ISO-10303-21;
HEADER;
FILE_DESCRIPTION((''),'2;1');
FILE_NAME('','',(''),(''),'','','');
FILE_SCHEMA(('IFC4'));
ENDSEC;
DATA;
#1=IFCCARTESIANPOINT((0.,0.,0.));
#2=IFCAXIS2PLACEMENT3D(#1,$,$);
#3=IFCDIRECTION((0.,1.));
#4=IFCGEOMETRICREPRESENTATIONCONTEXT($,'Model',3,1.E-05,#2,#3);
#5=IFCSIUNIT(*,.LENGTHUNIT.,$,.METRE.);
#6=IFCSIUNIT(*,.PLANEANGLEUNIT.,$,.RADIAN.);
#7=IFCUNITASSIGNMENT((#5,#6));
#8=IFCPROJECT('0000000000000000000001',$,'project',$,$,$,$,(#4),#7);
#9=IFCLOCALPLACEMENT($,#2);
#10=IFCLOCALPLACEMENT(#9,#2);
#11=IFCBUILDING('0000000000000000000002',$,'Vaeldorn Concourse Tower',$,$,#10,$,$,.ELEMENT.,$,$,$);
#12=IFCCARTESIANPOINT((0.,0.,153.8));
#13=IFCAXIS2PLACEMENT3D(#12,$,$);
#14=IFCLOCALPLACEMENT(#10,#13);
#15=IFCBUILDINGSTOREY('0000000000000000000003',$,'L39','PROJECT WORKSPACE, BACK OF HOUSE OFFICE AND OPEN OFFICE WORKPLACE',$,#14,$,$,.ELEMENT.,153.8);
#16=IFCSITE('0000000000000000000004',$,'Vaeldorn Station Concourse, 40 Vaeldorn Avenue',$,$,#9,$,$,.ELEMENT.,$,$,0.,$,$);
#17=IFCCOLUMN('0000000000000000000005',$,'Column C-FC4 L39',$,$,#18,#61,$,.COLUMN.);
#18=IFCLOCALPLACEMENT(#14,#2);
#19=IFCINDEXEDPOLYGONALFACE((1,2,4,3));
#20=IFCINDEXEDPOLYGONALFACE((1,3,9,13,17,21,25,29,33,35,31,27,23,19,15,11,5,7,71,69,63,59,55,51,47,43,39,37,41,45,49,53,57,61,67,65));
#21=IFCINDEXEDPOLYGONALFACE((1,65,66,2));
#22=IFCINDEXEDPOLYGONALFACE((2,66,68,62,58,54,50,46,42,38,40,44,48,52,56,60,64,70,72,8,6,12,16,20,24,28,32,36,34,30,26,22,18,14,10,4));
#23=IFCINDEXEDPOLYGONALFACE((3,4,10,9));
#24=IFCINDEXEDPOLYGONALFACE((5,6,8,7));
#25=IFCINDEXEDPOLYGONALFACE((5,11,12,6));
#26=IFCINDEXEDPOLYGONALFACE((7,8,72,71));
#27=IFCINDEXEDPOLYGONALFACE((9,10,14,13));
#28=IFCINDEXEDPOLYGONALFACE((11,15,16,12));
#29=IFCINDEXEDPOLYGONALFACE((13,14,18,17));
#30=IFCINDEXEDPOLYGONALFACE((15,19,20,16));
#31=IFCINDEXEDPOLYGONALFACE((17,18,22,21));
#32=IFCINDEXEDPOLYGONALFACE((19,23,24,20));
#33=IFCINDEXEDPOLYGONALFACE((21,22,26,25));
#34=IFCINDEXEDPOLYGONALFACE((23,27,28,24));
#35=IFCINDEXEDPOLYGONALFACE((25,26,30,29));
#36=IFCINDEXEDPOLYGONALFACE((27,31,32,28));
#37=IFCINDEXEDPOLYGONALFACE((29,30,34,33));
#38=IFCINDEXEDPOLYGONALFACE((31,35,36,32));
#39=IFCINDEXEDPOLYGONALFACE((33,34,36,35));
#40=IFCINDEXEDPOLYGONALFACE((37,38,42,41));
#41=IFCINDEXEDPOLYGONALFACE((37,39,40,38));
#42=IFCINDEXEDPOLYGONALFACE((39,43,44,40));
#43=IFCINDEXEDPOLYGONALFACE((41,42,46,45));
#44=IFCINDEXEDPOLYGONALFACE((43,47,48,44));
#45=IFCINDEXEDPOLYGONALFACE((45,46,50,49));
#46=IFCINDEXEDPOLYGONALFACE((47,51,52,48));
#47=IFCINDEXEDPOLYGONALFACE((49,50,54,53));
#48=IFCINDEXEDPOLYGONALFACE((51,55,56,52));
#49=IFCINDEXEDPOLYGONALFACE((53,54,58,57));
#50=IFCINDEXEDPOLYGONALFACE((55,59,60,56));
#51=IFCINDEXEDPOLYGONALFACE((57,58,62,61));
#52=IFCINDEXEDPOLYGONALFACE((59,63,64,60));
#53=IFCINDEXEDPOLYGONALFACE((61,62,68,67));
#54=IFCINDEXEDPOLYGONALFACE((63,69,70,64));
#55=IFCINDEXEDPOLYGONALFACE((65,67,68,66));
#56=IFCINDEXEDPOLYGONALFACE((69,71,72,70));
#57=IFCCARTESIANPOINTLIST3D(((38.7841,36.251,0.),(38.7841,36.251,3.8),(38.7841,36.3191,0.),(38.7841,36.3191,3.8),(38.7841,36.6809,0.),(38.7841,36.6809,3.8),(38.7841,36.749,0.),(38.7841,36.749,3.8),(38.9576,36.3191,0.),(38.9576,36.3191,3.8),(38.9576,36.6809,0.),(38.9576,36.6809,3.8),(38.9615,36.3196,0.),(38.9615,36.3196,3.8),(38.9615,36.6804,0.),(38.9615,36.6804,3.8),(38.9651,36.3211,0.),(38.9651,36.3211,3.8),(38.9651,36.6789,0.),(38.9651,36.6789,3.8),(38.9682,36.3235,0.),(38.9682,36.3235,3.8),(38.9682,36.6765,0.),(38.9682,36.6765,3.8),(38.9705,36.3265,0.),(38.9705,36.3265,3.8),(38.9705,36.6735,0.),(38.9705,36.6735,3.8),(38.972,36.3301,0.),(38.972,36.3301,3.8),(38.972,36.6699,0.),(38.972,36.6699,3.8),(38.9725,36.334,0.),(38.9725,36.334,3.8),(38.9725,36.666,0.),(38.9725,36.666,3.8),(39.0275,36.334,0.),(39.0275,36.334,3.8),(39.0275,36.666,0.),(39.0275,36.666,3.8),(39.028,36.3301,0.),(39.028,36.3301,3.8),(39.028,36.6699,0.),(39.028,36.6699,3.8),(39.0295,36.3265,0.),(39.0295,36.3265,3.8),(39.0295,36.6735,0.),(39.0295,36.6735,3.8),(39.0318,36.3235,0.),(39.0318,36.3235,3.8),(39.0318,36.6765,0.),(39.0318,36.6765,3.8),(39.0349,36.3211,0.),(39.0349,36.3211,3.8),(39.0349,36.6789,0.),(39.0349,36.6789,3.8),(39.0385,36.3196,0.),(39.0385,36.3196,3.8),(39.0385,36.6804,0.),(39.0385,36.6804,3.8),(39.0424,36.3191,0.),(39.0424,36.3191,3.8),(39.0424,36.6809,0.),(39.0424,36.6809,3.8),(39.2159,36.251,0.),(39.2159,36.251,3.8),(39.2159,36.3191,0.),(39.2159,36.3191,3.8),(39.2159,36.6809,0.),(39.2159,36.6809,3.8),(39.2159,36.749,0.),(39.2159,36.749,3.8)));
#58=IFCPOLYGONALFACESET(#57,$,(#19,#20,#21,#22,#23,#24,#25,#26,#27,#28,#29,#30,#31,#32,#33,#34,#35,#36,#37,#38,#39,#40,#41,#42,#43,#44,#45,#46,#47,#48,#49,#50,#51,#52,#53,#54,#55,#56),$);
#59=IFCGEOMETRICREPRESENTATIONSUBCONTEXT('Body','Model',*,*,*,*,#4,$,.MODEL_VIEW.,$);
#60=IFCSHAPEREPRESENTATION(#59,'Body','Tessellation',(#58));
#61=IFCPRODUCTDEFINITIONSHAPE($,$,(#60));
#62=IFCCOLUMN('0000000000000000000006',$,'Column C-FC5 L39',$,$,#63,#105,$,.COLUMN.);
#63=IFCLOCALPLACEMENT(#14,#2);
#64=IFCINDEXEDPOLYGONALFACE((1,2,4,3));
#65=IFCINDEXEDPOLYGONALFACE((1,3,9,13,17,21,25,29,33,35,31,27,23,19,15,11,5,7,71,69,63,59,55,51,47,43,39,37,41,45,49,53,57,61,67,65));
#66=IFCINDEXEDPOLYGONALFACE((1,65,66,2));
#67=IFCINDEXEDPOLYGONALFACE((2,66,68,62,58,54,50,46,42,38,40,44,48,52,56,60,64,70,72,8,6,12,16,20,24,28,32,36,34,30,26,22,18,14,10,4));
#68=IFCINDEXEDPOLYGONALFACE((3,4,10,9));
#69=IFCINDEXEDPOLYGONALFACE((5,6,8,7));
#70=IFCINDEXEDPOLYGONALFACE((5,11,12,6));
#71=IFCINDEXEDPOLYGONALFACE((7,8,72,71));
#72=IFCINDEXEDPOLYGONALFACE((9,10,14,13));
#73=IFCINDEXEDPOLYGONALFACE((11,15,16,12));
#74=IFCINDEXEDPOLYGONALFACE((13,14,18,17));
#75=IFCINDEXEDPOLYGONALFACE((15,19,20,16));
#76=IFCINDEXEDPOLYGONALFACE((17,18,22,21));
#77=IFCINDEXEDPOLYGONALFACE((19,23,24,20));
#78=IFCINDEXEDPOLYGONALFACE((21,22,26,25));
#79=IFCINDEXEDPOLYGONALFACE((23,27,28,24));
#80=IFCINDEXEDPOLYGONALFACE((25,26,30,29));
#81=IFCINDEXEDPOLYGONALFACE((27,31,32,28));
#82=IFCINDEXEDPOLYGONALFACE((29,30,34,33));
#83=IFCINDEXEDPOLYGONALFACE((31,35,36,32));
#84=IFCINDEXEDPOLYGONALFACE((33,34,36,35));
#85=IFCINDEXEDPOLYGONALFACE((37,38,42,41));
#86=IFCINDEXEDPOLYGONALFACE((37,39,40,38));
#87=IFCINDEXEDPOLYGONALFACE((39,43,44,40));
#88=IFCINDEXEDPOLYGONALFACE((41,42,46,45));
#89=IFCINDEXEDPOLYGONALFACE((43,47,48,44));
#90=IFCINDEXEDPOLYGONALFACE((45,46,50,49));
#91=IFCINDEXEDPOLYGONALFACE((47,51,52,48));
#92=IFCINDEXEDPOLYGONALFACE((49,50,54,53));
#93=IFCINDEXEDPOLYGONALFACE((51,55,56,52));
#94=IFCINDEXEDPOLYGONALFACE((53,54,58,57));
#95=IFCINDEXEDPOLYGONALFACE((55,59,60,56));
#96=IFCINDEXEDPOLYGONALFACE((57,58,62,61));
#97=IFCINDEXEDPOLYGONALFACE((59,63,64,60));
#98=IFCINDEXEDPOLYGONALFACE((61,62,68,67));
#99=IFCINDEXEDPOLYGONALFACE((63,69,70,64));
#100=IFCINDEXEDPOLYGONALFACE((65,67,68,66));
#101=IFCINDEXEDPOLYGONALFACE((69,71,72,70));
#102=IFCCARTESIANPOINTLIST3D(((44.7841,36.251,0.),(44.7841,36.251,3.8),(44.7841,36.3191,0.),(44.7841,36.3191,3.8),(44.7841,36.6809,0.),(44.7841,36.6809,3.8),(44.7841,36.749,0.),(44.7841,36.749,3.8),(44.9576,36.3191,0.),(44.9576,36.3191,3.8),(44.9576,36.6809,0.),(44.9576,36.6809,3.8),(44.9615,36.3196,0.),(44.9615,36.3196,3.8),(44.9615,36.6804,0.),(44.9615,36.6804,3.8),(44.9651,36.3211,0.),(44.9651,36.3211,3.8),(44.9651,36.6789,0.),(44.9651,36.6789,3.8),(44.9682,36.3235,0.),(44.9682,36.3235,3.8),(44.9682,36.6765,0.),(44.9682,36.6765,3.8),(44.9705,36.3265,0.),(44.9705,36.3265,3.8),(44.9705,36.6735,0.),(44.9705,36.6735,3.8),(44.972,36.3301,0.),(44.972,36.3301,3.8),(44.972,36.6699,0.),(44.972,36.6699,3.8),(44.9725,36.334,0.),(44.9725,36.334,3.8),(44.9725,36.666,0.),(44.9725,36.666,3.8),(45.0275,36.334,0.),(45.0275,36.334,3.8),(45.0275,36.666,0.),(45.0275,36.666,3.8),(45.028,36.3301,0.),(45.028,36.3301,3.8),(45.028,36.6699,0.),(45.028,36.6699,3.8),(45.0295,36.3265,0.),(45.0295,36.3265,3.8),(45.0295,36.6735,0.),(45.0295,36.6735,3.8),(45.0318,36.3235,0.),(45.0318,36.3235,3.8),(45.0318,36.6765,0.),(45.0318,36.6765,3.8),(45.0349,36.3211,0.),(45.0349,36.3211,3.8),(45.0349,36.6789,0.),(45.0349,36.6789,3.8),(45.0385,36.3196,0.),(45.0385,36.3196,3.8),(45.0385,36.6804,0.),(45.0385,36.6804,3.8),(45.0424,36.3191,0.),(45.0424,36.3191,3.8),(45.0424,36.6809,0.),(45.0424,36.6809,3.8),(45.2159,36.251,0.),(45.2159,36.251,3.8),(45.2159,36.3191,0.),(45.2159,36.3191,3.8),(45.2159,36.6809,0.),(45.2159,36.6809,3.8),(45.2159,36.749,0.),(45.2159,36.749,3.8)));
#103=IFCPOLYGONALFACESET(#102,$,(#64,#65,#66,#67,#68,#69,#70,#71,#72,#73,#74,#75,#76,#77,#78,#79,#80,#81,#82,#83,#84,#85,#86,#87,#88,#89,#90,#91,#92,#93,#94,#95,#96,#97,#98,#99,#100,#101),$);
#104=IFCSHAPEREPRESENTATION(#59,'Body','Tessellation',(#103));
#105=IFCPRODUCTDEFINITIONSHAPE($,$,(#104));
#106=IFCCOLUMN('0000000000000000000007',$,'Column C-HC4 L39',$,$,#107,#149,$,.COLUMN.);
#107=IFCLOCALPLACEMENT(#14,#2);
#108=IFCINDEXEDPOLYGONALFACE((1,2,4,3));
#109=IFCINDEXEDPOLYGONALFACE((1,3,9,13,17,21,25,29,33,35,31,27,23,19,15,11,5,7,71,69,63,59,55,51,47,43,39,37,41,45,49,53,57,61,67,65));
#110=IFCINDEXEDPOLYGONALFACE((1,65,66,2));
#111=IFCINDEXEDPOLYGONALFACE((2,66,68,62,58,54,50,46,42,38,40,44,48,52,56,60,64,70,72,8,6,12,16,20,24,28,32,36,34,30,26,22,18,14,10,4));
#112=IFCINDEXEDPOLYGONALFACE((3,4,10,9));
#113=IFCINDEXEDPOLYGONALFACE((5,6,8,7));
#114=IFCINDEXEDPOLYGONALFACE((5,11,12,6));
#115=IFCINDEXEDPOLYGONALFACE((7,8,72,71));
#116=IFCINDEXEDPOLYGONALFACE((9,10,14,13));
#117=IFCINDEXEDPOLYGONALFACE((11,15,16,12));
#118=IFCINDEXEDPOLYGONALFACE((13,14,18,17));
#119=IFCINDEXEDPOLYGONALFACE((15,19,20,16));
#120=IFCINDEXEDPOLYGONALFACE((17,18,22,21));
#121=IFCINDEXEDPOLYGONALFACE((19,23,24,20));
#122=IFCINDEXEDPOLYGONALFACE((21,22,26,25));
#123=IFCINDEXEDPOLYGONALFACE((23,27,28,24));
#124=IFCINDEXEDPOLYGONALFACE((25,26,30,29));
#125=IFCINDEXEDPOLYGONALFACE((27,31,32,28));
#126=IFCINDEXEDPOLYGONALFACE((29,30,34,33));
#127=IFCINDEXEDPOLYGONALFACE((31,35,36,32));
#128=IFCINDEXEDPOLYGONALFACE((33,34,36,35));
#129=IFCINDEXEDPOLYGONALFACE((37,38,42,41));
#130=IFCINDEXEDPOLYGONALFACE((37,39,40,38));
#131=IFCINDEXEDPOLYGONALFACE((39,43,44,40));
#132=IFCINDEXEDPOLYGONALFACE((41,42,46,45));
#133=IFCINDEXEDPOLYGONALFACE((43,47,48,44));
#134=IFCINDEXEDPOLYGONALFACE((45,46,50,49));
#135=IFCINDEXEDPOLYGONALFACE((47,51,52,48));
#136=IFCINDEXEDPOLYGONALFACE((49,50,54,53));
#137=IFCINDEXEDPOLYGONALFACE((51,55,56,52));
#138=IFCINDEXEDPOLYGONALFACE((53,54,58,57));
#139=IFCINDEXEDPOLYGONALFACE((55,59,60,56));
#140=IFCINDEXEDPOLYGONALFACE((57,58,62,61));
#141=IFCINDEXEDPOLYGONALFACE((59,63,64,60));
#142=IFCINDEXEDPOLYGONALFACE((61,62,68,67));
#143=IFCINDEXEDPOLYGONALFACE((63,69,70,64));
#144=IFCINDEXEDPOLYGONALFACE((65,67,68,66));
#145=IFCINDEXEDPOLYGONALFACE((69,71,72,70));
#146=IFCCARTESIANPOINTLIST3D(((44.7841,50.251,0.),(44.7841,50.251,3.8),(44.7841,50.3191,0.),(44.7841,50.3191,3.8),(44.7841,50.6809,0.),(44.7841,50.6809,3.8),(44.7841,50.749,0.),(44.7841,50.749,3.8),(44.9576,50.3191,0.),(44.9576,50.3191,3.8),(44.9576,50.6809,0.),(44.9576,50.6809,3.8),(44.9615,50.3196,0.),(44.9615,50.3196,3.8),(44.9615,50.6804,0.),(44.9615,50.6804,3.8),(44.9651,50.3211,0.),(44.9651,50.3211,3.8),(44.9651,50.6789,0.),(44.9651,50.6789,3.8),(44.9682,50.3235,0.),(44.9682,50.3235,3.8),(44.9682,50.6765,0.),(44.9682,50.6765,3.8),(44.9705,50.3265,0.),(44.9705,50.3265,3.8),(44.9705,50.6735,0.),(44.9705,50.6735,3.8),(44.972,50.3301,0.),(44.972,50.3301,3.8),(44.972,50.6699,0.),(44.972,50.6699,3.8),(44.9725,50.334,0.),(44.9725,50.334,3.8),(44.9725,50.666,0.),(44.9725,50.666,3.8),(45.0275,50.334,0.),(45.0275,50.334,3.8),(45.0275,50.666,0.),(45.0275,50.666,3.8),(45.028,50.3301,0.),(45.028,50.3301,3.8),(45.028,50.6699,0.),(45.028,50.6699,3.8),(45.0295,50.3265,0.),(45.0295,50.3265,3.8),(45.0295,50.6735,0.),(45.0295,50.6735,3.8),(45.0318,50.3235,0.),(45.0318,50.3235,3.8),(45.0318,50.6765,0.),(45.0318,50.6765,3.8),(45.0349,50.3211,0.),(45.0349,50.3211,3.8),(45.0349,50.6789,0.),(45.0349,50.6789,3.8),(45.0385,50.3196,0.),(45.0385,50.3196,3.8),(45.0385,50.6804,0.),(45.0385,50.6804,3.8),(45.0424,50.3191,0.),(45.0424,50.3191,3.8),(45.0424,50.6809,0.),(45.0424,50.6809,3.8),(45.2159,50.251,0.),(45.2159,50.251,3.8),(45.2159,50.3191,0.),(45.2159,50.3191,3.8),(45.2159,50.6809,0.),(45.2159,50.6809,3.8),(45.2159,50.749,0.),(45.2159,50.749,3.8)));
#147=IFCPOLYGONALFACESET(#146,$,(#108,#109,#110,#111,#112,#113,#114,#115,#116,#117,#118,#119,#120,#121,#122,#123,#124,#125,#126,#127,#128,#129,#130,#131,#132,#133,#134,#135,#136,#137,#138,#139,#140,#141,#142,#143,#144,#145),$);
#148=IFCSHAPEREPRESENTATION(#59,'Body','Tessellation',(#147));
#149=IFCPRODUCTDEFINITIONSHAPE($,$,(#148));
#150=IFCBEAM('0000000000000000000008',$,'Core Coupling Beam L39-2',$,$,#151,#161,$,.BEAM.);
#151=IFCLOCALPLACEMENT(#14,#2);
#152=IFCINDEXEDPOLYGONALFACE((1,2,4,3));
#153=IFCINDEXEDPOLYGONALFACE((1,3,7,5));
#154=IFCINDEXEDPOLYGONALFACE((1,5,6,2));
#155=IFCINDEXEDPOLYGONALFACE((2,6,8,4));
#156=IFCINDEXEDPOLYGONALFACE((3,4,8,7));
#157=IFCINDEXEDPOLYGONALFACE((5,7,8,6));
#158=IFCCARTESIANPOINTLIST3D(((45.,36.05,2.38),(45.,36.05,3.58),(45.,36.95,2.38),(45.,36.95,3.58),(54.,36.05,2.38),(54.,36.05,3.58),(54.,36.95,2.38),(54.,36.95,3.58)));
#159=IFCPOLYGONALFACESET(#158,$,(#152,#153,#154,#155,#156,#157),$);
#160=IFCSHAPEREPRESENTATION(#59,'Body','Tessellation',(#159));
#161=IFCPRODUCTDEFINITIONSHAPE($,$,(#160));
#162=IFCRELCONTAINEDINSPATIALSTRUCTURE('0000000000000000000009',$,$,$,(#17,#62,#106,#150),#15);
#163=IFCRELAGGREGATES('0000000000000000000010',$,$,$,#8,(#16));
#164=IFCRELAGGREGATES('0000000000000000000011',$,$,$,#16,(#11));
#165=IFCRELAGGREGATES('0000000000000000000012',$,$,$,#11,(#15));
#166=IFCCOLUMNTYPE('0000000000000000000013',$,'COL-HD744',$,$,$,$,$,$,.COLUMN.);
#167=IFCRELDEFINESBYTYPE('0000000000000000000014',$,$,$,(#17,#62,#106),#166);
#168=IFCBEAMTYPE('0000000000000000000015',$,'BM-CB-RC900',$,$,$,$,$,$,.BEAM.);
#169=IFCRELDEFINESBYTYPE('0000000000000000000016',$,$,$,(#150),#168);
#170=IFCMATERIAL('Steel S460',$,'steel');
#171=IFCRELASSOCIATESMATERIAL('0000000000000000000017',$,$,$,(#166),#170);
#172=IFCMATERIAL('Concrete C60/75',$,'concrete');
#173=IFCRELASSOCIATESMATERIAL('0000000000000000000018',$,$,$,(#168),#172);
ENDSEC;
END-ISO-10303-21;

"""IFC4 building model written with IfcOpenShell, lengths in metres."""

from ifc_helpers import new_model, si_unit, direction, frame, origin, origin_2d, place, context, subcontext, project, spatial, rectangle, i_section, extrude, source, transform, mapped, material, material_profile, profile_set, type_object, element, save


model = new_model("IFC4")

# Units and contexts
model_context = context("Model", 3, precision=1e-05, world=origin(), true_north=direction((0.0, 1.0)))
body_context = subcontext(model_context, "Body", "Model", "MODEL_VIEW")
ifc_project = project(units=[si_unit("LENGTHUNIT", "METRE"), si_unit("PLANEANGLEUNIT", "RADIAN")], contexts=[model_context])

# Site, building, storey
site_placement = place(None, origin())
site = spatial("IfcSite", under=ifc_project, at=site_placement, Name="Vaeldorn Station Concourse, 40 Vaeldorn Avenue", CompositionType="ELEMENT", RefElevation=0.0)
building_placement = place(site_placement, origin())
building = spatial("IfcBuilding", under=site, at=building_placement, Name="Vaeldorn Concourse Tower", CompositionType="ELEMENT")
storey_placement = place(building_placement, frame((0.0, 0.0, 153.8)))
storey = spatial("IfcBuildingStorey", under=building, at=storey_placement, Name="L39", Description="PROJECT WORKSPACE, BACK OF HOUSE OFFICE AND OPEN OFFICE WORKPLACE", CompositionType="ELEMENT", Elevation=153.8)

# Columns
ifc_material_1 = material(Name="Steel S460", Category="steel")
ifc_material_profile_1 = material_profile(ifc_material_1, i_section(OverallWidth=0.4319, OverallDepth=0.498, WebThickness=0.0549, FlangeThickness=0.0681, FilletRadius=0.0149, at=origin_2d()), Name="HD 400x744")
ifc_profile_set_1 = profile_set([ifc_material_profile_1], Name="Steel S460")
column_type = type_object("IfcColumnType", Name="COL-HD744", PredefinedType="COLUMN", material=ifc_profile_set_1)
shared_shape_1 = source(origin(), body_context, "Body", "SweptSolid", [
    extrude(i_section(OverallWidth=0.4319, OverallDepth=0.498, WebThickness=0.0549, FlangeThickness=0.0681, FilletRadius=0.0149, at=origin_2d()), origin(), (0.0, 0.0, 1.0), 3.8),
])
for number, where, z_axis, x_axis, name in (
    (1, (39.0, 36.5, 0.0), (0.0, 0.0, 1.0), (1.0, 0.0, 0.0), "Column C-FC4 L39"),
    (2, (45.0, 36.5, 0.0), (0.0, 0.0, 1.0), (1.0, 0.0, 0.0), "Column C-FC5 L39"),
    (3, (45.0, 50.5, 0.0), (0.0, 0.0, 1.0), (1.0, 0.0, 0.0), "Column C-HC4 L39"),
):
    element("IfcColumn", number, at=place(storey_placement, frame(where, z_axis=z_axis, x_axis=x_axis)), inside=storey, type_object=column_type, Name=name, PredefinedType="COLUMN", context=body_context, shape_type="MappedRepresentation", body=[
        mapped(shared_shape_1, transform((0.0, 0.0, 0.0), scale=1.0)),
    ])

# Beam
ifc_material_2 = material(Name="Concrete C60/75", Category="concrete")
ifc_material_profile_2 = material_profile(ifc_material_2, rectangle(XDim=0.8999, YDim=1.2, at=origin_2d()), Name="RC 900x1200")
ifc_profile_set_2 = profile_set([ifc_material_profile_2], Name="Concrete C60/75")
beam_type_1 = type_object("IfcBeamType", Name="BM-CB-RC900", PredefinedType="BEAM", material=ifc_profile_set_2)
shared_shape_2 = source(origin(), body_context, "Body", "SweptSolid", [
    extrude(rectangle(XDim=0.8999, YDim=1.2, at=origin_2d()), origin(), (0.0, 0.0, 1.0), 9.0),
])
beam_1_placement = place(storey_placement, frame((45.0, 36.5, 2.98), z_axis=(1.0, 0.0, 0.0), x_axis=(0.0, 1.0, 0.0)))
element("IfcBeam", 4, at=beam_1_placement, inside=storey, type_object=beam_type_1, Name="Core Coupling Beam L39-2", PredefinedType="BEAM", context=body_context, shape_type="MappedRepresentation", body=[
    mapped(shared_shape_2, transform((0.0, 0.0, 0.0), scale=1.0)),
])

save(model, "model.ifc")
